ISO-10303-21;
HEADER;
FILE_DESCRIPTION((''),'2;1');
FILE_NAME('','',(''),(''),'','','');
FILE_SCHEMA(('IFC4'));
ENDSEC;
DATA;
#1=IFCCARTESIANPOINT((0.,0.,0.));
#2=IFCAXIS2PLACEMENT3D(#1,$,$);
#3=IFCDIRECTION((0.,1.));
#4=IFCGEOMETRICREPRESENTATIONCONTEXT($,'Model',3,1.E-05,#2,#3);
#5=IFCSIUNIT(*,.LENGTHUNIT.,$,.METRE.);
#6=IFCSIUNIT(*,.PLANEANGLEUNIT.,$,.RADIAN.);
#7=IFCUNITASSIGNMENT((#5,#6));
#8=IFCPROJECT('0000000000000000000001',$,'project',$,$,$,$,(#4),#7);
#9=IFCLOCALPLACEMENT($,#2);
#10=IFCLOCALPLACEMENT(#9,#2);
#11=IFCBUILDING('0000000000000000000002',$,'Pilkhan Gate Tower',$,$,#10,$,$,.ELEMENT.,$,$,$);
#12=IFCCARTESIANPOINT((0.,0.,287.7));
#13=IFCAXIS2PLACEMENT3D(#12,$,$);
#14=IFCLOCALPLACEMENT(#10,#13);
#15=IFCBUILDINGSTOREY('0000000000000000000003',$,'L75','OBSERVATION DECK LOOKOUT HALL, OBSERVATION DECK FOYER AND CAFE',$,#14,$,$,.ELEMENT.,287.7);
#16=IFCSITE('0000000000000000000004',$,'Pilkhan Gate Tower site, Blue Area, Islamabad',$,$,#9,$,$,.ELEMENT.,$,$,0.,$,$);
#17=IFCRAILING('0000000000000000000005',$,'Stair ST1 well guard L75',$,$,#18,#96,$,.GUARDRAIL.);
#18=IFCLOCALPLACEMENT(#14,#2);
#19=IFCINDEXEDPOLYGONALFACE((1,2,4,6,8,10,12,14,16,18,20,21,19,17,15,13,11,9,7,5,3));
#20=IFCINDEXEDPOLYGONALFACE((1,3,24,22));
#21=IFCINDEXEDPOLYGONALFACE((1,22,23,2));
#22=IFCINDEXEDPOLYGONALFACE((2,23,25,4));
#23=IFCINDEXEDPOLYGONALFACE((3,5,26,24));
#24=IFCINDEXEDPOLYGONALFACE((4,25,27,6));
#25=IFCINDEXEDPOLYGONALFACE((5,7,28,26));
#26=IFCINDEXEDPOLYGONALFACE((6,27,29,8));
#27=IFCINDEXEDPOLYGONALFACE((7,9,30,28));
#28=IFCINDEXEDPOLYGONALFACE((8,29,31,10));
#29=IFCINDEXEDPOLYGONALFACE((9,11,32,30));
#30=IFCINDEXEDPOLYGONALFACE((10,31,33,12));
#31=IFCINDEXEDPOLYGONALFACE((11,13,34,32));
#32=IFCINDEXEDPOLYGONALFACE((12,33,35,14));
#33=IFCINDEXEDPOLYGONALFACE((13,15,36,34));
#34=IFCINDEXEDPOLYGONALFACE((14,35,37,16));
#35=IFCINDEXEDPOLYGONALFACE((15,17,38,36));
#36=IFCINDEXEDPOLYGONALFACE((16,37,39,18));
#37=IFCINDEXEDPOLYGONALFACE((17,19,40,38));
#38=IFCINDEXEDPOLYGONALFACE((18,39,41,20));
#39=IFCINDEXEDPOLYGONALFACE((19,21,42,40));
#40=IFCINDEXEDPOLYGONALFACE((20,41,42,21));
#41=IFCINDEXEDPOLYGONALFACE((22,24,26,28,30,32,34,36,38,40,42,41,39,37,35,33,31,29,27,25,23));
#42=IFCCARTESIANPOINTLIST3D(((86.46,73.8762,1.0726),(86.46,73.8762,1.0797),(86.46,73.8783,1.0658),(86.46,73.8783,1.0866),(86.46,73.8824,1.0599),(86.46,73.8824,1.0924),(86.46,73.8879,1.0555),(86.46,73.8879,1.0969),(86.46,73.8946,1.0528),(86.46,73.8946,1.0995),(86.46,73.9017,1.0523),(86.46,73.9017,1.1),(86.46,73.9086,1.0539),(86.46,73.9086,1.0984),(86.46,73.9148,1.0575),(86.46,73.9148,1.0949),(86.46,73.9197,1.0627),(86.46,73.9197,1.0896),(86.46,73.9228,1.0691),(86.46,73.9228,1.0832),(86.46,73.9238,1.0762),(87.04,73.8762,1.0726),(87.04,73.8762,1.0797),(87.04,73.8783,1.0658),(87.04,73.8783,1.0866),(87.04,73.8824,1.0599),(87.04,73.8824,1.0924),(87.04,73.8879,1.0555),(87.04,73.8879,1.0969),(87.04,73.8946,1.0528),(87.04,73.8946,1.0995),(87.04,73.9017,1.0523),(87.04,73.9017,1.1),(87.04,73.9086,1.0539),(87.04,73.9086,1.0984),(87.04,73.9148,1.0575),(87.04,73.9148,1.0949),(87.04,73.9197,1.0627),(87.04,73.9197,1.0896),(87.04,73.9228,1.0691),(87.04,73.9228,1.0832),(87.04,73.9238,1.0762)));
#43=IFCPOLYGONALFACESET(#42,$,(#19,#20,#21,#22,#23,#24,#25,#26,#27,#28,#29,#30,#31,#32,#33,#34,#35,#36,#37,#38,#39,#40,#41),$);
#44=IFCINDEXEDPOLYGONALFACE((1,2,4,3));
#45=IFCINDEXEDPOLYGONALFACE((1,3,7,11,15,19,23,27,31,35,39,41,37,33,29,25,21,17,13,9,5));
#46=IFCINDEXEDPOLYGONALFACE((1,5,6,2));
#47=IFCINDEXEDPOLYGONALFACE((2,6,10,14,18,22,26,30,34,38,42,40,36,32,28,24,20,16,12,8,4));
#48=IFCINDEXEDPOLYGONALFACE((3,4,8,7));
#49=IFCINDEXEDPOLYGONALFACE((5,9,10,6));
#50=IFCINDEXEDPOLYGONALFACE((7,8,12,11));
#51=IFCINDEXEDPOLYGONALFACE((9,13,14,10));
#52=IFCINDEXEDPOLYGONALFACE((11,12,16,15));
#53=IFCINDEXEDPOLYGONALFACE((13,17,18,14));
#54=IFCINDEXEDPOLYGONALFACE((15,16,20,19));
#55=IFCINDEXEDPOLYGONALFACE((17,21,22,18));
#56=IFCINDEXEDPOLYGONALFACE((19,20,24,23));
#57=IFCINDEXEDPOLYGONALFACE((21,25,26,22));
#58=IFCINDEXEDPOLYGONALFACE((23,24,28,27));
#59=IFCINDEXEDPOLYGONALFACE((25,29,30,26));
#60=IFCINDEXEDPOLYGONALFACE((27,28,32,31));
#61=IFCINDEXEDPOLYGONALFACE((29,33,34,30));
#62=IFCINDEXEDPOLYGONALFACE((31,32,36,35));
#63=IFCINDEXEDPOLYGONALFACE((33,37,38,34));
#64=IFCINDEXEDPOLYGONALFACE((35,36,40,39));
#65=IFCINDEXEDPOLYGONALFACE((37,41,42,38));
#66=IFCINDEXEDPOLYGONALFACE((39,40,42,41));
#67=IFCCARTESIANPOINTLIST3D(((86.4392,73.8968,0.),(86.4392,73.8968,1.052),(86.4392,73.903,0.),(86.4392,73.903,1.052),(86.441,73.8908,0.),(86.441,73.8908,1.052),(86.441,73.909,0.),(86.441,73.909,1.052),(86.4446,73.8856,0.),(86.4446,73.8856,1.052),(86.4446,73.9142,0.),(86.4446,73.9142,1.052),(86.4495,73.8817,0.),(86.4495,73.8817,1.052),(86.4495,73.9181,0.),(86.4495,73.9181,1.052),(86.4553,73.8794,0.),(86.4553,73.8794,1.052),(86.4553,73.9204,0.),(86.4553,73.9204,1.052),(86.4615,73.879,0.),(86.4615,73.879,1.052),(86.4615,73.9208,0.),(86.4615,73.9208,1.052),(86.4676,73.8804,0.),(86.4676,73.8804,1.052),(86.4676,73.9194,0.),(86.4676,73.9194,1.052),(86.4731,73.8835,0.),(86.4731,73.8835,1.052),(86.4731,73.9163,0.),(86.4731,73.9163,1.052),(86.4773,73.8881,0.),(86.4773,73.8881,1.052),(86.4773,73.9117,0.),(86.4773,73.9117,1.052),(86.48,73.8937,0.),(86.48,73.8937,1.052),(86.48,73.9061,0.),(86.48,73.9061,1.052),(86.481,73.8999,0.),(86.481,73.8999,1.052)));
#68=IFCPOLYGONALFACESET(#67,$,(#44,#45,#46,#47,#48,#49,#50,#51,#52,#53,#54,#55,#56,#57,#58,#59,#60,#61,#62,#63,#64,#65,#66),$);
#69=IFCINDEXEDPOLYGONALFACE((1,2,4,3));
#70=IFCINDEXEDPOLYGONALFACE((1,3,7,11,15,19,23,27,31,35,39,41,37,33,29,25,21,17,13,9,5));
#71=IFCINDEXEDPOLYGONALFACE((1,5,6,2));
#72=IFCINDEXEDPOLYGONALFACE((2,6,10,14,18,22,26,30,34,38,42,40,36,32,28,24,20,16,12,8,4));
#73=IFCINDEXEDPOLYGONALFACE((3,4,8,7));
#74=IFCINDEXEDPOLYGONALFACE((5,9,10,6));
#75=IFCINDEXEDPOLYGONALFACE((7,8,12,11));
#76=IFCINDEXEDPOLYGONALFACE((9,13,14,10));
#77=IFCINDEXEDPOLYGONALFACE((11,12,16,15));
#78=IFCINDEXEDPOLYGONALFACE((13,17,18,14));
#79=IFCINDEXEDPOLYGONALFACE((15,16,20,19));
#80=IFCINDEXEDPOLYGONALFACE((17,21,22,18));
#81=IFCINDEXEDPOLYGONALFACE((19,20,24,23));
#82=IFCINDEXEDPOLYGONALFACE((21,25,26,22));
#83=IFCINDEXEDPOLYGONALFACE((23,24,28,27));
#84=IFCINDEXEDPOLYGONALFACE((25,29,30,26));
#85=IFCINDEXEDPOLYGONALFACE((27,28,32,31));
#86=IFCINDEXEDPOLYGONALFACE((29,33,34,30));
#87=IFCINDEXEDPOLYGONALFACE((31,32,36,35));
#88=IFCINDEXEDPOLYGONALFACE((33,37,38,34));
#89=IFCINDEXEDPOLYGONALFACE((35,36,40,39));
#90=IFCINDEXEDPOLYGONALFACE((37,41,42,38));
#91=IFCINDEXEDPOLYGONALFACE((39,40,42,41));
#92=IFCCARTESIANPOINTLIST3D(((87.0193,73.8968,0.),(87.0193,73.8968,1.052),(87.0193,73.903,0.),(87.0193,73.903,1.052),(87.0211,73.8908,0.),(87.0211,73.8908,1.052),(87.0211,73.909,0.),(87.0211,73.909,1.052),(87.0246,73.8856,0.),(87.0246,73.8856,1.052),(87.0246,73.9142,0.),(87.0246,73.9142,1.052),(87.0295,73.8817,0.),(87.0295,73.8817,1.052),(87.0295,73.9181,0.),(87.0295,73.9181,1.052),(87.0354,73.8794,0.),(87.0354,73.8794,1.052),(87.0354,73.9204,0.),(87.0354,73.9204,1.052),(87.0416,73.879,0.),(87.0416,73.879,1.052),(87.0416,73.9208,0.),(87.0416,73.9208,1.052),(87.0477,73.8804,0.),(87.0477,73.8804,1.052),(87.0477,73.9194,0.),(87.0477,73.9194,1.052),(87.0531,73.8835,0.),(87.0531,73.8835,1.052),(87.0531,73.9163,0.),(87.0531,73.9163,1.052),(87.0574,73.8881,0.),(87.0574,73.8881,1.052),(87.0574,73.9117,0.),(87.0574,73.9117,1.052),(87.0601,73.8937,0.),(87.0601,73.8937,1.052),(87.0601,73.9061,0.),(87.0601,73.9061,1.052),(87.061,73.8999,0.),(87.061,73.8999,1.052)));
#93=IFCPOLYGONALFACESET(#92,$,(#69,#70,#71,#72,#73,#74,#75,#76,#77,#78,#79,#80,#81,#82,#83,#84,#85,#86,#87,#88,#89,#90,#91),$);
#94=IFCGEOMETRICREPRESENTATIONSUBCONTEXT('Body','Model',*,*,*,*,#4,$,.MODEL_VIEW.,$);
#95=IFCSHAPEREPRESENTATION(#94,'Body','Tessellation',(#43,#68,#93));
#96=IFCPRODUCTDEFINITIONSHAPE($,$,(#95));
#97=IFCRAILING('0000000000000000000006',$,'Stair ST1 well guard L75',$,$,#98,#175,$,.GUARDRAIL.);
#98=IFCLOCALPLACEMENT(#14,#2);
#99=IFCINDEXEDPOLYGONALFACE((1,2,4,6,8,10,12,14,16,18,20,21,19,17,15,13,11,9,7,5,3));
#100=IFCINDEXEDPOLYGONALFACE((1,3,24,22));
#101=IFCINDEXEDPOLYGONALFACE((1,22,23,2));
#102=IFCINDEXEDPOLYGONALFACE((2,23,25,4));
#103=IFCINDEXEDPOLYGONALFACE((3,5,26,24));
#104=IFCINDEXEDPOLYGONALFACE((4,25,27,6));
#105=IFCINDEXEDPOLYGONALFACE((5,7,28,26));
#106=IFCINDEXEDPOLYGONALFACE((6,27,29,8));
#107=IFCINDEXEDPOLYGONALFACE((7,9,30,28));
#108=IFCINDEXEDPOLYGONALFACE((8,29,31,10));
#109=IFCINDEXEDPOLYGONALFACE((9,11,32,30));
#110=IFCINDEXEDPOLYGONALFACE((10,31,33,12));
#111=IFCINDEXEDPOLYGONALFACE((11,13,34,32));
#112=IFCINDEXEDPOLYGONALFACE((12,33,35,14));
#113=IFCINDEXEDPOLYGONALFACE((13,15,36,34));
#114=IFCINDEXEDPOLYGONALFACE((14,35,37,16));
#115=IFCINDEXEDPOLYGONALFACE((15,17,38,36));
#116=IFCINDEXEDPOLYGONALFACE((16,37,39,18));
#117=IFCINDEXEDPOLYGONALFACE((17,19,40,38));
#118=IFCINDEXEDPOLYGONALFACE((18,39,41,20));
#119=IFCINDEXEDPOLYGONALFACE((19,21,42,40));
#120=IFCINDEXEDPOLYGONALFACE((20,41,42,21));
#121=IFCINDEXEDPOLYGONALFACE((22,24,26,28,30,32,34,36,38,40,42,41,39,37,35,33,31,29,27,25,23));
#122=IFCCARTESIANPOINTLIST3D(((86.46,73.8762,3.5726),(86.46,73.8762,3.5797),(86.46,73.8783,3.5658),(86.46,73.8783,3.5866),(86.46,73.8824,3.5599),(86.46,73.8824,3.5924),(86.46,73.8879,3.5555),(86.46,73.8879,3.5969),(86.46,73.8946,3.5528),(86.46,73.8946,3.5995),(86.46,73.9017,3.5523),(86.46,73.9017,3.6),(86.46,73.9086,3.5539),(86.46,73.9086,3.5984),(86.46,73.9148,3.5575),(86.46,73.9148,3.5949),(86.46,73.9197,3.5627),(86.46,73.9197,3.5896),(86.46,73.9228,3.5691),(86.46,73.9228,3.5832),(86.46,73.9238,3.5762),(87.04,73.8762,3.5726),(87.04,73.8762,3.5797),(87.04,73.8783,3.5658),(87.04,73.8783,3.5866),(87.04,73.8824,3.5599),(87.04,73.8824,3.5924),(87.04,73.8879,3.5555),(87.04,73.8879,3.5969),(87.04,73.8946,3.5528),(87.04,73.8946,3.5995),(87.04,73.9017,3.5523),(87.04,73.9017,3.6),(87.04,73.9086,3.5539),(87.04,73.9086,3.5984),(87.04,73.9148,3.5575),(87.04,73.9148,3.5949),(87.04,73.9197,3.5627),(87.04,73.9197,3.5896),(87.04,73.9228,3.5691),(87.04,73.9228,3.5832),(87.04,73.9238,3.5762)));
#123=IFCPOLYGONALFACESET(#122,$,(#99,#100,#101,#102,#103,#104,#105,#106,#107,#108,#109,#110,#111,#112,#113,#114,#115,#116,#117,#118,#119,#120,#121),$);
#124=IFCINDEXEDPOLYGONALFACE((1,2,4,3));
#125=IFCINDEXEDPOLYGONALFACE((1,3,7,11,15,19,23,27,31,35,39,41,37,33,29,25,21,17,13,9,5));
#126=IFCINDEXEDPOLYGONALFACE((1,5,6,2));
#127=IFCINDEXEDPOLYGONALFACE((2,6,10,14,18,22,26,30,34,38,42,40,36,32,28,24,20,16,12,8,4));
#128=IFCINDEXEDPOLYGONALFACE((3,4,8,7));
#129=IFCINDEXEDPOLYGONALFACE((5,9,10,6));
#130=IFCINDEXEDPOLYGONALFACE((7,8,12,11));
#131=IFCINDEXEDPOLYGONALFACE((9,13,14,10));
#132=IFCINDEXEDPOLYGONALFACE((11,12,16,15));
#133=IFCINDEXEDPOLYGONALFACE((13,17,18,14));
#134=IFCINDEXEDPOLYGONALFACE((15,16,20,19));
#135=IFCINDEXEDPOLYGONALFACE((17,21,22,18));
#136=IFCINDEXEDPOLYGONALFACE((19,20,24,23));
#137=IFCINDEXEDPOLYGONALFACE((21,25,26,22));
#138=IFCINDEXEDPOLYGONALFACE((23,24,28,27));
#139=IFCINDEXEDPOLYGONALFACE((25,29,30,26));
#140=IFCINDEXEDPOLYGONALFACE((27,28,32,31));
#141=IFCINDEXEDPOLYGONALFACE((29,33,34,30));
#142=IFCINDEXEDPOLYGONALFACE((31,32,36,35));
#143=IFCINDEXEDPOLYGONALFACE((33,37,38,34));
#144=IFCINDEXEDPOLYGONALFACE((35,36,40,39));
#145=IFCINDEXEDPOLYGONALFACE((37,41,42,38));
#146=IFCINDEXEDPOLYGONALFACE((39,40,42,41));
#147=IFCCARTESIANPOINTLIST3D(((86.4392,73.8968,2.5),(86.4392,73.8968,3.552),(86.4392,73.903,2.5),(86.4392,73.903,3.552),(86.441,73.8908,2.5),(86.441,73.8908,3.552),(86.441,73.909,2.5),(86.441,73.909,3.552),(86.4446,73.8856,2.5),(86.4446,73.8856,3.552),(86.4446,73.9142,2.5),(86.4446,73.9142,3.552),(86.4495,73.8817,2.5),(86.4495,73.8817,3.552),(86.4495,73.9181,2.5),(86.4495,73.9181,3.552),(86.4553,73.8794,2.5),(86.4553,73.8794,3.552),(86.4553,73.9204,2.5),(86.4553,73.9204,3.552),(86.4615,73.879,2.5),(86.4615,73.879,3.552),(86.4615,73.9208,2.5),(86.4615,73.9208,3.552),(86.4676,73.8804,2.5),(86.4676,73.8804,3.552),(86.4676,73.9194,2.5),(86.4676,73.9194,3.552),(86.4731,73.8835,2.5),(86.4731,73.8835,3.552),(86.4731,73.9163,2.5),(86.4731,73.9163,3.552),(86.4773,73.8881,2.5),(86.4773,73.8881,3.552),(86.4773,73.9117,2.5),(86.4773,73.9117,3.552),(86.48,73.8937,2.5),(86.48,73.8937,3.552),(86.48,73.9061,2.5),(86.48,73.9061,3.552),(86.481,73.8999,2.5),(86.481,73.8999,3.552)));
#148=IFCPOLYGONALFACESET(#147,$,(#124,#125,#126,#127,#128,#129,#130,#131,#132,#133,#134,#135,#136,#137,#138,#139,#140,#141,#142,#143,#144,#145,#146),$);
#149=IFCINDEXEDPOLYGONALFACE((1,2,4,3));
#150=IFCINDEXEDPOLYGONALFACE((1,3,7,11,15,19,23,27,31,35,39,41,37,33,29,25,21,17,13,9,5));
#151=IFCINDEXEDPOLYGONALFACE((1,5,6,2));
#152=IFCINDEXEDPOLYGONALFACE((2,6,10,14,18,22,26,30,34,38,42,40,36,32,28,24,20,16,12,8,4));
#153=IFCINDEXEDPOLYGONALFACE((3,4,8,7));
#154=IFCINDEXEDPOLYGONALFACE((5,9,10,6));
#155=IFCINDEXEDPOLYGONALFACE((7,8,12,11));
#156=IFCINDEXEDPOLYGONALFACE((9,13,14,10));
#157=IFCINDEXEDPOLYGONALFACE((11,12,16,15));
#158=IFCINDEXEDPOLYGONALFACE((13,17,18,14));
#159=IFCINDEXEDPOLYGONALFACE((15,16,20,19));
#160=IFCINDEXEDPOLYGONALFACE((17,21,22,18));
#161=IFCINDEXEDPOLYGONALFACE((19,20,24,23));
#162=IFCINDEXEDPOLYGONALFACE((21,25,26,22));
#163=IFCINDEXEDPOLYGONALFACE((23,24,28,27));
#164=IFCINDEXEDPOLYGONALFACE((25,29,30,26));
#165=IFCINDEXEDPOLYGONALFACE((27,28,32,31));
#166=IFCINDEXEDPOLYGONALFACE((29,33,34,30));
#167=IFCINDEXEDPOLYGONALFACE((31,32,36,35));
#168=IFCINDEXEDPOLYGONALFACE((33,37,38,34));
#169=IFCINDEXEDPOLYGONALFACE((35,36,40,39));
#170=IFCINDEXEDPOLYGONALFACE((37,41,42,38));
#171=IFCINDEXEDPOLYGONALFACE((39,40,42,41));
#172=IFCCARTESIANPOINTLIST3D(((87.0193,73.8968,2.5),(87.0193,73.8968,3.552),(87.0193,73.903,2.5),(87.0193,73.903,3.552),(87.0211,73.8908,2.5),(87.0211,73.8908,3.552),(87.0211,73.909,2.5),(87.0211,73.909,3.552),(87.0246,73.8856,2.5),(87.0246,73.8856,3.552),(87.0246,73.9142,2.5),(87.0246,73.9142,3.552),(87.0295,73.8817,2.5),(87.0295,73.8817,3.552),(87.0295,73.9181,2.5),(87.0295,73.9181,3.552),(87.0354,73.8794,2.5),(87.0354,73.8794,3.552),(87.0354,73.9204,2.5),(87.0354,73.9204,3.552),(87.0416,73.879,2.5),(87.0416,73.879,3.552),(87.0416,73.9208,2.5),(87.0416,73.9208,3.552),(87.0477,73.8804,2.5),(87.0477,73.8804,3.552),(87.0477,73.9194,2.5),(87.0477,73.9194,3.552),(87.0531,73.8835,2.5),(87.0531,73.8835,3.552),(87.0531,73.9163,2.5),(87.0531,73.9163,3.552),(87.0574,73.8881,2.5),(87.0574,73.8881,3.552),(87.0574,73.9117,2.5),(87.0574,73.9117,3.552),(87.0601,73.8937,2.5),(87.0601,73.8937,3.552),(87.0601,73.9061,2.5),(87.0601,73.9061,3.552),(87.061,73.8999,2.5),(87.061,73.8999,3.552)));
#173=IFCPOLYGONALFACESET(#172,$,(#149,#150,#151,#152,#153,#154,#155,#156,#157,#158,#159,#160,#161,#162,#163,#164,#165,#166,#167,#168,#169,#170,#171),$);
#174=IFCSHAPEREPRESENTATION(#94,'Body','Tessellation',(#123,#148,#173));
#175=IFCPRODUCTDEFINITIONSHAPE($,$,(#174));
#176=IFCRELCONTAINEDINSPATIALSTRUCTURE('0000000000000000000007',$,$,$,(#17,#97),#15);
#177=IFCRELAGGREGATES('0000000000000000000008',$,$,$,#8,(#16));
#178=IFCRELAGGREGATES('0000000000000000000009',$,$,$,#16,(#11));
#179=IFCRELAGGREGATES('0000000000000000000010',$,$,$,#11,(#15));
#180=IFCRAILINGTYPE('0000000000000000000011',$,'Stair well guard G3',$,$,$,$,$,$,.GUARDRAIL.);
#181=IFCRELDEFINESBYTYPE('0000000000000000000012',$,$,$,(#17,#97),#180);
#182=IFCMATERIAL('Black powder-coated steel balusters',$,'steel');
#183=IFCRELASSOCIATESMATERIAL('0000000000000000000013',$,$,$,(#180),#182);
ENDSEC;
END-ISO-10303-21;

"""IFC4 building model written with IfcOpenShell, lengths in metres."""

from ifc_helpers import new_model, si_unit, direction, frame, origin, origin_2d, place, context, subcontext, project, spatial, circle, extrude, material, type_object, element, save


model = new_model("IFC4")

# Units and contexts
model_context = context("Model", 3, precision=1e-05, world=origin(), true_north=direction((0.0, 1.0)))
body_context = subcontext(model_context, "Body", "Model", "MODEL_VIEW")
ifc_project = project(units=[si_unit("LENGTHUNIT", "METRE"), si_unit("PLANEANGLEUNIT", "RADIAN")], contexts=[model_context])

# Site, building, storey
site_placement = place(None, origin())
site = spatial("IfcSite", under=ifc_project, at=site_placement, Name="Pilkhan Gate Tower site, Blue Area, Islamabad", CompositionType="ELEMENT", RefElevation=0.0)
building_placement = place(site_placement, origin())
building = spatial("IfcBuilding", under=site, at=building_placement, Name="Pilkhan Gate Tower", CompositionType="ELEMENT")
storey_placement = place(building_placement, frame((0.0, 0.0, 287.7)))
storey = spatial("IfcBuildingStorey", under=building, at=storey_placement, Name="L75", Description="OBSERVATION DECK LOOKOUT HALL, OBSERVATION DECK FOYER AND CAFE", CompositionType="ELEMENT", Elevation=287.7)

# Railings
ifc_material_1 = material(Name="Black powder-coated steel balusters", Category="steel")
railing_type_1 = type_object("IfcRailingType", Name="Stair well guard G3", PredefinedType="GUARDRAIL", material=ifc_material_1)
for number, where, name in (
    (1, (86.46, 73.8999, 0.0), "Stair ST1 well guard L75"),
    (2, (86.46, 73.8999, 2.5), "Stair ST1 well guard L75"),
):
    element("IfcRailing", number, at=place(storey_placement, frame(where)), inside=storey, type_object=railing_type_1, Name=name, PredefinedType="GUARDRAIL", context=body_context, shape_type="SweptSolid", body=[
        extrude(circle(Radius=0.0239, at=origin_2d()), frame((0.0, 0.0, 1.0762), z_axis=(1.0, 0.0, 0.0), x_axis=(0.0, 1.0, 0.0)), (0.0, 0.0, 1.0), 0.5801),
        extrude(circle(Radius=0.021, at=origin_2d()), origin(), (0.0, 0.0, 1.0), 1.052),
        extrude(circle(Radius=0.021, at=origin_2d()), frame((0.5801, 0.0, 0.0)), (0.0, 0.0, 1.0), 1.052),
    ])

save(model, "model.ifc")
